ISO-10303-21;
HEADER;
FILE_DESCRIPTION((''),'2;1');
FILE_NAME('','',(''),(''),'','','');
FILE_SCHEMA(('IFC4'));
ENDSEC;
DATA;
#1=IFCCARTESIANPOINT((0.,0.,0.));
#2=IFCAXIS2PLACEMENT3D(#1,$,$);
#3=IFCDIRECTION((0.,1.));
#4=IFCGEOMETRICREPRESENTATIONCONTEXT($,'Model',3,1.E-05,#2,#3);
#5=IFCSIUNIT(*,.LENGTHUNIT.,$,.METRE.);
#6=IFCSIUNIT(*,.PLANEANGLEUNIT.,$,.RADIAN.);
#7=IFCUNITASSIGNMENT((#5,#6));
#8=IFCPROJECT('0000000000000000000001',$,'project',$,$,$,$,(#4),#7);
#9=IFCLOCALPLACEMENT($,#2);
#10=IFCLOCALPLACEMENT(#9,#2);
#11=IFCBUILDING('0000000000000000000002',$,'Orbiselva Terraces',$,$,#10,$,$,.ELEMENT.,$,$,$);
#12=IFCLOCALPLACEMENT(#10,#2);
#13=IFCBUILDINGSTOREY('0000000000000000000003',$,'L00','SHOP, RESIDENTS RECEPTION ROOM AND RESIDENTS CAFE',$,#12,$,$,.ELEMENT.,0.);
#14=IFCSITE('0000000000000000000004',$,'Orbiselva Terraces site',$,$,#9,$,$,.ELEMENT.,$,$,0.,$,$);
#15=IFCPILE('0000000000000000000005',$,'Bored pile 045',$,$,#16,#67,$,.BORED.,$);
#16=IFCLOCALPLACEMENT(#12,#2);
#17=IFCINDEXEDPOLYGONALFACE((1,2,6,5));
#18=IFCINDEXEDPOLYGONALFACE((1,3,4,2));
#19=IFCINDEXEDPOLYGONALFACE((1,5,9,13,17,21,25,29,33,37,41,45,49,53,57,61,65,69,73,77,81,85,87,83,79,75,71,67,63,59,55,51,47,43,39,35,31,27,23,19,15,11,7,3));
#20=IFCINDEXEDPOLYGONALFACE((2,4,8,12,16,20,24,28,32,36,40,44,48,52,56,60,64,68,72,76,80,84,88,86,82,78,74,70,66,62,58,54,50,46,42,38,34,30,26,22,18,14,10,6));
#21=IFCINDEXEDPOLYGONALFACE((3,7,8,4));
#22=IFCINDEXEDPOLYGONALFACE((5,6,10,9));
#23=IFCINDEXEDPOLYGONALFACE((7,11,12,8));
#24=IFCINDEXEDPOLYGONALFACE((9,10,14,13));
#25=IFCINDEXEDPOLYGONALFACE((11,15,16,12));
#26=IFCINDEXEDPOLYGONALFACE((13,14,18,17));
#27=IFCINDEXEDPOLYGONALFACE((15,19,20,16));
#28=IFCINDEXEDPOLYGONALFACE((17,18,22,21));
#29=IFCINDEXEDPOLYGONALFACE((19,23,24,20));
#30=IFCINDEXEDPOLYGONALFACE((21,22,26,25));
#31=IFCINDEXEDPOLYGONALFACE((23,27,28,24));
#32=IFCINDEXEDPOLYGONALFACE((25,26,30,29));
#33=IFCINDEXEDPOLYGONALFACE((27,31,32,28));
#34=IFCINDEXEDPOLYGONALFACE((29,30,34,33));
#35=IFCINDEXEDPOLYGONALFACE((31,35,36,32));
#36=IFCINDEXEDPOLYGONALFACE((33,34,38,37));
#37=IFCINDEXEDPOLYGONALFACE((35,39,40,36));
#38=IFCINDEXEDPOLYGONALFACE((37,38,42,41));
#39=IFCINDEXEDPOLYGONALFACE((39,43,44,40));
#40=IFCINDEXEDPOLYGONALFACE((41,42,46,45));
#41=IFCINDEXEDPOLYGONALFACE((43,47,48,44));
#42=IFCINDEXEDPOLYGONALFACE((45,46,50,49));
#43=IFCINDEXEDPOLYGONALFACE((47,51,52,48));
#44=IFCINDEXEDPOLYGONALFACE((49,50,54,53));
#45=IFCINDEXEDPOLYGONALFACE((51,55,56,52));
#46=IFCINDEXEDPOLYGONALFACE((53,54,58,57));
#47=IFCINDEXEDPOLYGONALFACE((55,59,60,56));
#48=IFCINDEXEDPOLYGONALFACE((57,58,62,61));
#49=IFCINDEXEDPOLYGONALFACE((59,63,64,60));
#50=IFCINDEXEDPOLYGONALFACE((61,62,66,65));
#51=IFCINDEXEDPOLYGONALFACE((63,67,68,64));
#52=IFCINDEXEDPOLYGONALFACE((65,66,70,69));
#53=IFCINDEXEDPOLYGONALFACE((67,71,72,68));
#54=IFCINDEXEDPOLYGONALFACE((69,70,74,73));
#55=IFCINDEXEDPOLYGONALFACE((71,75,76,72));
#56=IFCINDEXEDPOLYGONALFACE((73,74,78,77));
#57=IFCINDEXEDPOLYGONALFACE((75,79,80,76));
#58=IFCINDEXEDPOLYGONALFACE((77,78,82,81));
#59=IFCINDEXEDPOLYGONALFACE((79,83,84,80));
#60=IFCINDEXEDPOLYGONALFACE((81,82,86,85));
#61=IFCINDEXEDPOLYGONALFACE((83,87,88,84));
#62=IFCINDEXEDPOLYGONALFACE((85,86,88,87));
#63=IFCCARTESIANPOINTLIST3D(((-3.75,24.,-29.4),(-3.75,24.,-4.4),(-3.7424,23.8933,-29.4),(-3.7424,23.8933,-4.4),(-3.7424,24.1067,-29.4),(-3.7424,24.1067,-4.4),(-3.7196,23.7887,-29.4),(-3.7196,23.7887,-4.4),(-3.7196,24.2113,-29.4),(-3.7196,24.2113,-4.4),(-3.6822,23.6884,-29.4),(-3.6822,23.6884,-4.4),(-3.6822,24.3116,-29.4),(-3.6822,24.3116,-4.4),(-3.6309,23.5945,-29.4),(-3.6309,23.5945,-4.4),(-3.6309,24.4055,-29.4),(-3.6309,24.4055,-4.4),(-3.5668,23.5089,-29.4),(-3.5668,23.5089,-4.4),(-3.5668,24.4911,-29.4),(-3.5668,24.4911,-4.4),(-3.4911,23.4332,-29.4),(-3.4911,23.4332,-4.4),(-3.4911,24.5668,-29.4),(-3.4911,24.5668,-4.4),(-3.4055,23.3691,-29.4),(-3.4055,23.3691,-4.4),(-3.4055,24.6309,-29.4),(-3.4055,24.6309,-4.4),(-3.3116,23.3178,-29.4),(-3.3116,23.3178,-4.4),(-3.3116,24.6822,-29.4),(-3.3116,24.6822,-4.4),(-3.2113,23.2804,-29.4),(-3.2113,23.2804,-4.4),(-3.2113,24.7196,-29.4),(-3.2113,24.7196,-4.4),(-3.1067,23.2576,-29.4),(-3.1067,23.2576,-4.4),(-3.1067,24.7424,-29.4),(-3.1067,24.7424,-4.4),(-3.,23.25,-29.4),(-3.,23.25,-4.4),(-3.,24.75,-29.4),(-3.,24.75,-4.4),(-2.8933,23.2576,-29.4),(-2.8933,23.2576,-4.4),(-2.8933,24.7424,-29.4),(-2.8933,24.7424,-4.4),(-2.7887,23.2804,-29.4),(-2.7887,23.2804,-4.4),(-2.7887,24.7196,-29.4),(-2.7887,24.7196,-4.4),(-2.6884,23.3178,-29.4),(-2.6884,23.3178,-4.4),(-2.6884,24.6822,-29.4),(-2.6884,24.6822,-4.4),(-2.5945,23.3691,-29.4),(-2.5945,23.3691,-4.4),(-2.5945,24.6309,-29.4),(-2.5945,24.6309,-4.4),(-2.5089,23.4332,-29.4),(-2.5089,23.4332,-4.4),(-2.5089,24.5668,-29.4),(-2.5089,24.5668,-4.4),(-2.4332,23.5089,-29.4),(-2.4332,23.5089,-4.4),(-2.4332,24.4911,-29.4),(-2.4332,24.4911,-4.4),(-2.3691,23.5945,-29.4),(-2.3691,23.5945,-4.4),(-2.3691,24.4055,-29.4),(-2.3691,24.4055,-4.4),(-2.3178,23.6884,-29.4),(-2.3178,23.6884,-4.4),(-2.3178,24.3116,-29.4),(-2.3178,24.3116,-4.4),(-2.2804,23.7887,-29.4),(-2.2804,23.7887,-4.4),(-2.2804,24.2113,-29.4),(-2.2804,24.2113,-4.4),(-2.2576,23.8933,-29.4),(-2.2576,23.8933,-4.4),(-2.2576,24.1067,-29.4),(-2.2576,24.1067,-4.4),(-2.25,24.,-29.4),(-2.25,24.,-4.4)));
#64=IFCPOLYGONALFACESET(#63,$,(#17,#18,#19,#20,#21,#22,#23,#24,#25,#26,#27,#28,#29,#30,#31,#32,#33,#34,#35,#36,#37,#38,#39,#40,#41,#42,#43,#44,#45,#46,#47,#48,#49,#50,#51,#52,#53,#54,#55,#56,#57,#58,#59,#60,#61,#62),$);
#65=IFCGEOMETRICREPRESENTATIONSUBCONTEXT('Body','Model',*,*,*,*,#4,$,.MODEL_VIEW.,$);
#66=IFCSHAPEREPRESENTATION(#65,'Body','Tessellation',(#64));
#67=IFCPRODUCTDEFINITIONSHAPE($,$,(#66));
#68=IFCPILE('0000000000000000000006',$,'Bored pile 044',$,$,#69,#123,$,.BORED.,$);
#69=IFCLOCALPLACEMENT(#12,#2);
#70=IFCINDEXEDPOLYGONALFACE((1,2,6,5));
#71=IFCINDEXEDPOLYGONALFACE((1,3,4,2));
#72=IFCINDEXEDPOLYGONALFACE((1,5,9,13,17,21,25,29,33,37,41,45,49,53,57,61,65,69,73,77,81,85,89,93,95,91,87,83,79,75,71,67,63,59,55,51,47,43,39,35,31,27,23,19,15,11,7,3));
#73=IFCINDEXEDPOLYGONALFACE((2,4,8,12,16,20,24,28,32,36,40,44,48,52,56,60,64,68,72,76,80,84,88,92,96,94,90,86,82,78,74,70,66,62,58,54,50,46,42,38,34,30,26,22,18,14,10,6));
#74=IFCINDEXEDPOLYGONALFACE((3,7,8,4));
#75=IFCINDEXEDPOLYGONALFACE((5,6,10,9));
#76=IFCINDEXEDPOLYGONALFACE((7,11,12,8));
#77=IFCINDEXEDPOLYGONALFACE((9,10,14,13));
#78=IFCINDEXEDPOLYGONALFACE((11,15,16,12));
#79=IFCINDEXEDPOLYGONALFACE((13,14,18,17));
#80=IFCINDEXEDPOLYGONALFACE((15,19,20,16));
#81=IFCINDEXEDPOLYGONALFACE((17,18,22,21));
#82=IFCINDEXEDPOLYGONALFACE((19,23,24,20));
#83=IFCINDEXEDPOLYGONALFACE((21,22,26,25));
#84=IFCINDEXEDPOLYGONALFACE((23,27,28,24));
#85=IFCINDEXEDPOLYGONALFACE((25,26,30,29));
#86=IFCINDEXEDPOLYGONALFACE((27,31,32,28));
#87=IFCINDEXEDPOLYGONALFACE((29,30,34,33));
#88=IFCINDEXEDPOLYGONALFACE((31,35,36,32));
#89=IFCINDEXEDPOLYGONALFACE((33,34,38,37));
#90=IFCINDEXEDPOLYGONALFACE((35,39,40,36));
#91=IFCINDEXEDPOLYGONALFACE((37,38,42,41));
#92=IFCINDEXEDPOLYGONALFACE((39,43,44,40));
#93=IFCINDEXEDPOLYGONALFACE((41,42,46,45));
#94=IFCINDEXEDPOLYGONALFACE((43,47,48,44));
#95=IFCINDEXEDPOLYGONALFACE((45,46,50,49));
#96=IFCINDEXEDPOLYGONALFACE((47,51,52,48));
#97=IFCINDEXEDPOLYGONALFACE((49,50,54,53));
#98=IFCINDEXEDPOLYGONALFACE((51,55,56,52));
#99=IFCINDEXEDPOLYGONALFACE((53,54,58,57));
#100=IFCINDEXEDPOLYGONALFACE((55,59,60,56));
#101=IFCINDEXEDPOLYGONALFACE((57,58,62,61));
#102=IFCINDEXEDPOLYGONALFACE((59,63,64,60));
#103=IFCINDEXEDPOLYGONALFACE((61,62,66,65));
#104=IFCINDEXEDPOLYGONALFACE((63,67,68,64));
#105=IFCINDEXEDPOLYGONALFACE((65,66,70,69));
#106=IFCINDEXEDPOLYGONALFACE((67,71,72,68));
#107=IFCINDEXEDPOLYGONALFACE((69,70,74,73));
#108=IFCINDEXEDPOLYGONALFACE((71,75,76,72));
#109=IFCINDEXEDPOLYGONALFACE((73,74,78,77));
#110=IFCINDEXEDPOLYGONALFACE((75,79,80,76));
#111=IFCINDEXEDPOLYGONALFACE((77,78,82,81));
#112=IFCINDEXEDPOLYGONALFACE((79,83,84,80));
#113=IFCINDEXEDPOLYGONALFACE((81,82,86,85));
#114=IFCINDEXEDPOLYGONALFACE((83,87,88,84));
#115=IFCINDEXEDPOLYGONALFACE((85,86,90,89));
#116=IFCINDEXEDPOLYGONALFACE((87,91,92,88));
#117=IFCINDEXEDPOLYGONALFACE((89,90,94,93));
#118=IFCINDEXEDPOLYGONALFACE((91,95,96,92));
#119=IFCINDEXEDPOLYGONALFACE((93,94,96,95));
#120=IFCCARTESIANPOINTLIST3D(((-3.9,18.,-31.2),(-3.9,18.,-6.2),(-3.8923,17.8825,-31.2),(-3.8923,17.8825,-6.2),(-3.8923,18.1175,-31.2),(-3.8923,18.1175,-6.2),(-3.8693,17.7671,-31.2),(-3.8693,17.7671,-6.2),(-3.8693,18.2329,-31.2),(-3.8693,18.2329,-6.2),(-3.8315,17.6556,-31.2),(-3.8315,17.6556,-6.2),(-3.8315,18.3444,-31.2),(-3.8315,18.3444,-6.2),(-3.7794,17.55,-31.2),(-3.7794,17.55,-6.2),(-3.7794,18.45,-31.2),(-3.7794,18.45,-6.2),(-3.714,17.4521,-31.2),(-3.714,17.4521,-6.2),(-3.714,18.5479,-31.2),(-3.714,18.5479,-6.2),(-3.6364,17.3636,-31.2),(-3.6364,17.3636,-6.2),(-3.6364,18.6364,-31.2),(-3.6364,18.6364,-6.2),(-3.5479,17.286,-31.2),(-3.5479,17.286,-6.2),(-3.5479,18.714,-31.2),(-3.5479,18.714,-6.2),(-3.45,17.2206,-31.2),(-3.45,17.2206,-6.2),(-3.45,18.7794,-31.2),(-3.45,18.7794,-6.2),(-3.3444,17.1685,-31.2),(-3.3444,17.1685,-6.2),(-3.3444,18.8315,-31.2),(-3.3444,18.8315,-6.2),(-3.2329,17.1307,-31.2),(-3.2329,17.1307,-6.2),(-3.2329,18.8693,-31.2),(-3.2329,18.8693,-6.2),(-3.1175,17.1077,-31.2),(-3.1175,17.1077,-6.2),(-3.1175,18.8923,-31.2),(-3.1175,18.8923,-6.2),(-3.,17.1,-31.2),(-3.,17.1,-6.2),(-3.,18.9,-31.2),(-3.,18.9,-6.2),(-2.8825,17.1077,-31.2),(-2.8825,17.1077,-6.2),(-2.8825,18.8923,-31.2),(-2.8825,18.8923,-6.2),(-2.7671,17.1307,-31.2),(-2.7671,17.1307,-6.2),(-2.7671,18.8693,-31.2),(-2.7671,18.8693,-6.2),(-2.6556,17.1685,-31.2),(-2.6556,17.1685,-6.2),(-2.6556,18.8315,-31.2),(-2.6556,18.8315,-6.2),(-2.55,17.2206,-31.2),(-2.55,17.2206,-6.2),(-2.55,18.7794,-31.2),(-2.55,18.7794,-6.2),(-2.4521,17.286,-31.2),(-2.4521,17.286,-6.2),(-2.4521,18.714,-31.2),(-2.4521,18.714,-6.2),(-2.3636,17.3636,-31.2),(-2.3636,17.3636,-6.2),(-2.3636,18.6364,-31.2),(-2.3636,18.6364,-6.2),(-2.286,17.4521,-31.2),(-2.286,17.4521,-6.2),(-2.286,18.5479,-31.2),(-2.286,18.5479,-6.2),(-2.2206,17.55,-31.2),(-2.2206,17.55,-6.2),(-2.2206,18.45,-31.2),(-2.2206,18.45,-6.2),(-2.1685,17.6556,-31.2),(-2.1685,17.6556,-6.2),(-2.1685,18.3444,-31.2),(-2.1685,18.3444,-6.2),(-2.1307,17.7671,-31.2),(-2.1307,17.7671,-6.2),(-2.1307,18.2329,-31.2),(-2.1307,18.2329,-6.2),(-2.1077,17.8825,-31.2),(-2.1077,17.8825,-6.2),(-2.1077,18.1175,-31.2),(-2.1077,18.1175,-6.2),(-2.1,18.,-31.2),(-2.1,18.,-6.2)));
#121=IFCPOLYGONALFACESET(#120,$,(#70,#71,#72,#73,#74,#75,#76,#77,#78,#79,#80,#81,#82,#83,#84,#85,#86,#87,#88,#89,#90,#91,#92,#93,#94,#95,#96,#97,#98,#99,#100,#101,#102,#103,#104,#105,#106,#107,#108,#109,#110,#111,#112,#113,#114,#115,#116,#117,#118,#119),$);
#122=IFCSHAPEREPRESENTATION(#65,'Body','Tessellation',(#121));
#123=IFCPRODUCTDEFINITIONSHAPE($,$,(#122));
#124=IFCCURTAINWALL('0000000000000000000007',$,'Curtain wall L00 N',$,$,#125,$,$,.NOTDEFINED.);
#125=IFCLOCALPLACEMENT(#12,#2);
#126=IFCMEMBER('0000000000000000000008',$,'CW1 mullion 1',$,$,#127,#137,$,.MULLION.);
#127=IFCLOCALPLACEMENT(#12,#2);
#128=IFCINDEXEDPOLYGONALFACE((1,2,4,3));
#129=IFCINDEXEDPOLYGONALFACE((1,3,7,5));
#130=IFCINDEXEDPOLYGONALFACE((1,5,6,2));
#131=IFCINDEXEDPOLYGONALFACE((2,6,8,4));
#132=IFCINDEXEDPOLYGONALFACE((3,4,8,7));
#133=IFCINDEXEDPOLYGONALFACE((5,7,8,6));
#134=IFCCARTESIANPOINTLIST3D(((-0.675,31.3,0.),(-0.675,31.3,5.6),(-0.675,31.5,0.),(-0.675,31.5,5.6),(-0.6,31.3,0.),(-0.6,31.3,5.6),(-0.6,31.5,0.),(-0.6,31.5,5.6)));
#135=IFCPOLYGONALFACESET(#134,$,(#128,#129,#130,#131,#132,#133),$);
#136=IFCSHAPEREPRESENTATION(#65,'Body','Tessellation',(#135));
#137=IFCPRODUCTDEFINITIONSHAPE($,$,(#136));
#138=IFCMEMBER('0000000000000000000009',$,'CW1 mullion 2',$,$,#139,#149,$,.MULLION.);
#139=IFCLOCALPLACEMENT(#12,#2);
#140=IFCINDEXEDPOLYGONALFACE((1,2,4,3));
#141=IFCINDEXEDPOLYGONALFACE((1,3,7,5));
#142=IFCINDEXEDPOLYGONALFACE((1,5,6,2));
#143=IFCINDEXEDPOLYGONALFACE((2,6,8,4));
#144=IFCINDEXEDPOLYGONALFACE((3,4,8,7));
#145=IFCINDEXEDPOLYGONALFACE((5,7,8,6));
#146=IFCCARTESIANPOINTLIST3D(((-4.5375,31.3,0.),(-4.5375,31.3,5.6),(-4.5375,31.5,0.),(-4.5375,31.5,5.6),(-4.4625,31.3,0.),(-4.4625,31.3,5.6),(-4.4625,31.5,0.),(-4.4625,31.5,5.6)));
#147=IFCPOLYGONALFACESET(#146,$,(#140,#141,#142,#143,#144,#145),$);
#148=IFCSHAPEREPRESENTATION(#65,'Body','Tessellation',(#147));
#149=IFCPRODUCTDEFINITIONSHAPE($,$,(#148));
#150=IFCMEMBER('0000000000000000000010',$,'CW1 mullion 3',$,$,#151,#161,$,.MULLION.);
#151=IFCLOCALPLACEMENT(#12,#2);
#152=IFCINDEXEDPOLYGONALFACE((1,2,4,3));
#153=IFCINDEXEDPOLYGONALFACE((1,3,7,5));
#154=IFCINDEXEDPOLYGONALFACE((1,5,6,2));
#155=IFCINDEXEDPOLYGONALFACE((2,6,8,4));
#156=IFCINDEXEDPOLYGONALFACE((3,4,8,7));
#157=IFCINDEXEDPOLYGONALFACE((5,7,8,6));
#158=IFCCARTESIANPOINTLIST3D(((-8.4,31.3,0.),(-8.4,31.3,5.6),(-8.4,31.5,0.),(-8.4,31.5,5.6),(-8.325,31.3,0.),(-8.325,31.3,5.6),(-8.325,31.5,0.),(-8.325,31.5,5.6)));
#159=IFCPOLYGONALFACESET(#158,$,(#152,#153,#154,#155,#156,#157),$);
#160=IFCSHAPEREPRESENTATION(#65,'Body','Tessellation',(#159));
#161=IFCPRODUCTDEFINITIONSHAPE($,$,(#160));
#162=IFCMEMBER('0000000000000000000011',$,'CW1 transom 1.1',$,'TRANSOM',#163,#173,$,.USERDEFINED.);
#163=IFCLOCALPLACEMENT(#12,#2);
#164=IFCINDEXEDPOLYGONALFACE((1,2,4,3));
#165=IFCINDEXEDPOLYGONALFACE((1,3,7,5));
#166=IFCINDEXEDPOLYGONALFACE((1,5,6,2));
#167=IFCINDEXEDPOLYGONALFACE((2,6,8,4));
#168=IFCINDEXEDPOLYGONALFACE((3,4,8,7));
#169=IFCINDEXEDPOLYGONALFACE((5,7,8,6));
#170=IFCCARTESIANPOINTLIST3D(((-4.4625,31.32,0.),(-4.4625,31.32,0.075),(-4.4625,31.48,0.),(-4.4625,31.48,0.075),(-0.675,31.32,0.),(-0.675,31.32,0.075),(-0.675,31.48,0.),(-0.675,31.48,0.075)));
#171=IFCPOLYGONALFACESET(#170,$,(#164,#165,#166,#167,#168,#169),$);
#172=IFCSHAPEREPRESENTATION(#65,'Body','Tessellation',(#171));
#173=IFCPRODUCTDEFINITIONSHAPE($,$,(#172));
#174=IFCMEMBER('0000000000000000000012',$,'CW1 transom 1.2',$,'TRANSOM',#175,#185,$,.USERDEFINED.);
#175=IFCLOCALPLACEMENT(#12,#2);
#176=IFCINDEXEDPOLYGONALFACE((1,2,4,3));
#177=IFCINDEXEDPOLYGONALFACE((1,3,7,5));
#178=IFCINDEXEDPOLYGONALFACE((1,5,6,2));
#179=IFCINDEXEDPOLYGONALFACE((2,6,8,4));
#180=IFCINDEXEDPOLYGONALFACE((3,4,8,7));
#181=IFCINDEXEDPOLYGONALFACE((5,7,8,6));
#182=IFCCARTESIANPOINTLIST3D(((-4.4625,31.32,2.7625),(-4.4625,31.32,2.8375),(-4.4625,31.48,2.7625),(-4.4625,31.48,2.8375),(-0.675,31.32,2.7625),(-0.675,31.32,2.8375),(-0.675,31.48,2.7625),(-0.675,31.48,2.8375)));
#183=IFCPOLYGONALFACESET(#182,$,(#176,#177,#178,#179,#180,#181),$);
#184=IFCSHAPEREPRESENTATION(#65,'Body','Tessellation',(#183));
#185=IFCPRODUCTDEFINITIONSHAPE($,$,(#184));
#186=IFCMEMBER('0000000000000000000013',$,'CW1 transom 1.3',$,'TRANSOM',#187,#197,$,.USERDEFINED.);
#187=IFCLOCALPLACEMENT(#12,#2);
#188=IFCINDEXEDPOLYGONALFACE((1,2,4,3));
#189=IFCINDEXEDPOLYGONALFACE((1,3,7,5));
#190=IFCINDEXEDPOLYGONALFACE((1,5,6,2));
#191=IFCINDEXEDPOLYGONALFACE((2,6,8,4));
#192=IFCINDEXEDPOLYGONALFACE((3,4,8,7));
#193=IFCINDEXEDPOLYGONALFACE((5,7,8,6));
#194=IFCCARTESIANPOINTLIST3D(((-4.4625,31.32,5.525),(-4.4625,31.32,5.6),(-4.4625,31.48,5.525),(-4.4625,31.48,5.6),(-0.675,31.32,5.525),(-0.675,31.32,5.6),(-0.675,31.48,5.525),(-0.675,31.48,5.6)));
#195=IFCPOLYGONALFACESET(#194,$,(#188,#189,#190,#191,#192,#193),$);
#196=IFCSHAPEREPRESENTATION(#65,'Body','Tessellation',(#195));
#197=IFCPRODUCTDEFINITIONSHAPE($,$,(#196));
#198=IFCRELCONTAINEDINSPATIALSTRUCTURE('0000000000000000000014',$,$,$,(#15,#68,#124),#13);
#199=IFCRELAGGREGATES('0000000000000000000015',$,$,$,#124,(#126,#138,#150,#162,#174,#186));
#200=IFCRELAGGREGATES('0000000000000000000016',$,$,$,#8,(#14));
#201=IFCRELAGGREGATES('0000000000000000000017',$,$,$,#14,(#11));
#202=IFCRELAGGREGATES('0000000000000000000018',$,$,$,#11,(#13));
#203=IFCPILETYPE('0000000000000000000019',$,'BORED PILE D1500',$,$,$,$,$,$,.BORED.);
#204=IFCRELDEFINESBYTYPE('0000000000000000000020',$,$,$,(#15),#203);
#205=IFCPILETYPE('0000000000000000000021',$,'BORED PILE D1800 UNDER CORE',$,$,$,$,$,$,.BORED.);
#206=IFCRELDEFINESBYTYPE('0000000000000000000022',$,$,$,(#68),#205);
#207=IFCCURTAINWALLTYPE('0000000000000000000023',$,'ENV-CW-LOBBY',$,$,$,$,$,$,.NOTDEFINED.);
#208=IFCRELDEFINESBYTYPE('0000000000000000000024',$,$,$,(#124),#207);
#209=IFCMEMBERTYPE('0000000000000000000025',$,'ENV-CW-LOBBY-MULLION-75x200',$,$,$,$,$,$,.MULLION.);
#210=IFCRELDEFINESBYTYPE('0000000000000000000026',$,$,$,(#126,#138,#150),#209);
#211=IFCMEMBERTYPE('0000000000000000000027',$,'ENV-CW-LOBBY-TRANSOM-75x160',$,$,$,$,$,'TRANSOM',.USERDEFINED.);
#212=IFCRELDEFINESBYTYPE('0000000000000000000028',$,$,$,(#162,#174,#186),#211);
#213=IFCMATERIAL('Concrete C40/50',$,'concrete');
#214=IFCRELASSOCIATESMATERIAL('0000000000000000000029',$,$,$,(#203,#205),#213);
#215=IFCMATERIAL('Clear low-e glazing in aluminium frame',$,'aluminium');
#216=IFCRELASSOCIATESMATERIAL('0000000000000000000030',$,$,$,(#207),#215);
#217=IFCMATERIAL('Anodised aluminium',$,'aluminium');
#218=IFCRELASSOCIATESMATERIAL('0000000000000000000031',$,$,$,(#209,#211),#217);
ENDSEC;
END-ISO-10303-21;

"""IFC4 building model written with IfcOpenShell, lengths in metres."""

from ifc_helpers import new_model, si_unit, direction, frame, origin, origin_2d, place, context, subcontext, project, spatial, rectangle, circle, extrude, material, material_profile, profile_set, type_object, element, aggregate, save


model = new_model("IFC4")

# Units and contexts
model_context = context("Model", 3, precision=1e-05, world=origin(), true_north=direction((0.0, 1.0)))
body_context = subcontext(model_context, "Body", "Model", "MODEL_VIEW")
ifc_project = project(units=[si_unit("LENGTHUNIT", "METRE"), si_unit("PLANEANGLEUNIT", "RADIAN")], contexts=[model_context])

# Site, building, storey
site_placement = place(None, origin())
site = spatial("IfcSite", under=ifc_project, at=site_placement, Name="Orbiselva Terraces site", CompositionType="ELEMENT", RefElevation=0.0)
building_placement = place(site_placement, origin())
building = spatial("IfcBuilding", under=site, at=building_placement, Name="Orbiselva Terraces", CompositionType="ELEMENT")
storey_placement = place(building_placement, origin())
storey = spatial("IfcBuildingStorey", under=building, at=storey_placement, Name="L00", Description="SHOP, RESIDENTS RECEPTION ROOM AND RESIDENTS CAFE", CompositionType="ELEMENT", Elevation=0.0)

# Piles
ifc_material_1 = material(Name="Concrete C40/50", Category="concrete")
ifc_material_profile_1 = material_profile(ifc_material_1, circle(Radius=0.75, at=origin_2d()), Name="D1500")
ifc_profile_set_1 = profile_set([ifc_material_profile_1], Name="Concrete C40/50")
pile_type_1 = type_object("IfcPileType", Name="BORED PILE D1500", PredefinedType="BORED", material=ifc_profile_set_1)
pile_1_placement = place(storey_placement, frame((-3.0, 24.0, -4.4), z_axis=(0.0, 0.0, -1.0), x_axis=(1.0, 0.0, 0.0)))
element("IfcPile", 1, at=pile_1_placement, inside=storey, type_object=pile_type_1, Name="Bored pile 045", PredefinedType="BORED", context=body_context, shape_type="SweptSolid", body=[
    extrude(circle(Radius=0.75, at=origin_2d()), origin(), (0.0, 0.0, 1.0), 25.0),
])
ifc_material_profile_2 = material_profile(ifc_material_1, circle(Radius=0.9, at=origin_2d()), Name="D1800")
ifc_profile_set_2 = profile_set([ifc_material_profile_2], Name="Concrete C40/50")
pile_type_2 = type_object("IfcPileType", Name="BORED PILE D1800 UNDER CORE", PredefinedType="BORED", material=ifc_profile_set_2)
pile_2_placement = place(storey_placement, frame((-3.0, 18.0, -6.2), z_axis=(0.0, 0.0, -1.0), x_axis=(1.0, 0.0, 0.0)))
element("IfcPile", 2, at=pile_2_placement, inside=storey, type_object=pile_type_2, Name="Bored pile 044", PredefinedType="BORED", context=body_context, shape_type="SweptSolid", body=[
    extrude(circle(Radius=0.9, at=origin_2d()), origin(), (0.0, 0.0, 1.0), 25.0),
])

# Curtain wall, members
ifc_material_2 = material(Name="Clear low-e glazing in aluminium frame", Category="aluminium")
curtain_wall_type = type_object("IfcCurtainWallType", Name="ENV-CW-LOBBY", PredefinedType="NOTDEFINED", material=ifc_material_2)
curtain_wall_placement = place(storey_placement, origin())
curtain_wall = element("IfcCurtainWall", 3, at=curtain_wall_placement, inside=storey, type_object=curtain_wall_type, Name="Curtain wall L00 N", PredefinedType="NOTDEFINED")
ifc_material_3 = material(Name="Anodised aluminium", Category="aluminium")
ifc_material_profile_3 = material_profile(ifc_material_3, rectangle(XDim=0.2, YDim=0.075, at=origin_2d()), Name="AL 75x200")
ifc_profile_set_3 = profile_set([ifc_material_profile_3], Name="Anodised aluminium")
member_type_1 = type_object("IfcMemberType", Name="ENV-CW-LOBBY-MULLION-75x200", PredefinedType="MULLION", material=ifc_profile_set_3)
member_1_placement = place(storey_placement, frame((-0.6375, 31.4, 0.0), z_axis=(0.0, 0.0, 1.0), x_axis=(0.0, -1.0, 0.0)))
member_1 = element("IfcMember", 4, at=member_1_placement, type_object=member_type_1, Name="CW1 mullion 1", PredefinedType="MULLION", context=body_context, shape_type="SweptSolid", body=[
    extrude(rectangle(XDim=0.2, YDim=0.075, at=origin_2d()), origin(), (0.0, 0.0, 1.0), 5.6),
])
member_2_placement = place(storey_placement, frame((-4.5, 31.4, 0.0), z_axis=(0.0, 0.0, 1.0), x_axis=(0.0, -1.0, 0.0)))
member_2 = element("IfcMember", 5, at=member_2_placement, type_object=member_type_1, Name="CW1 mullion 2", PredefinedType="MULLION", context=body_context, shape_type="SweptSolid", body=[
    extrude(rectangle(XDim=0.2, YDim=0.075, at=origin_2d()), origin(), (0.0, 0.0, 1.0), 5.6),
])
member_3_placement = place(storey_placement, frame((-8.3625, 31.4, 0.0), z_axis=(0.0, 0.0, 1.0), x_axis=(0.0, -1.0, 0.0)))
member_3 = element("IfcMember", 6, at=member_3_placement, type_object=member_type_1, Name="CW1 mullion 3", PredefinedType="MULLION", context=body_context, shape_type="SweptSolid", body=[
    extrude(rectangle(XDim=0.2, YDim=0.075, at=origin_2d()), origin(), (0.0, 0.0, 1.0), 5.6),
])
ifc_material_profile_4 = material_profile(ifc_material_3, rectangle(XDim=0.16, YDim=0.075, at=origin_2d()), Name="AL 75x160")
ifc_profile_set_4 = profile_set([ifc_material_profile_4], Name="Anodised aluminium")
member_type_2 = type_object("IfcMemberType", Name="ENV-CW-LOBBY-TRANSOM-75x160", ElementType="TRANSOM", PredefinedType="USERDEFINED", material=ifc_profile_set_4)
member_4_placement = place(storey_placement, frame((-0.675, 31.4, 0.0375), z_axis=(-1.0, 0.0, 0.0), x_axis=(0.0, -1.0, 0.0)))
member_4 = element("IfcMember", 7, at=member_4_placement, type_object=member_type_2, Name="CW1 transom 1.1", ObjectType="TRANSOM", PredefinedType="USERDEFINED", context=body_context, shape_type="SweptSolid", body=[
    extrude(rectangle(XDim=0.16, YDim=0.075, at=origin_2d()), origin(), (0.0, 0.0, 1.0), 3.7875),
])
member_5_placement = place(storey_placement, frame((-0.675, 31.4, 2.8), z_axis=(-1.0, 0.0, 0.0), x_axis=(0.0, -1.0, 0.0)))
member_5 = element("IfcMember", 8, at=member_5_placement, type_object=member_type_2, Name="CW1 transom 1.2", ObjectType="TRANSOM", PredefinedType="USERDEFINED", context=body_context, shape_type="SweptSolid", body=[
    extrude(rectangle(XDim=0.16, YDim=0.075, at=origin_2d()), origin(), (0.0, 0.0, 1.0), 3.7875),
])
member_6_placement = place(storey_placement, frame((-0.675, 31.4, 5.5625), z_axis=(-1.0, 0.0, 0.0), x_axis=(0.0, -1.0, 0.0)))
member_6 = element("IfcMember", 9, at=member_6_placement, type_object=member_type_2, Name="CW1 transom 1.3", ObjectType="TRANSOM", PredefinedType="USERDEFINED", context=body_context, shape_type="SweptSolid", body=[
    extrude(rectangle(XDim=0.16, YDim=0.075, at=origin_2d()), origin(), (0.0, 0.0, 1.0), 3.7875),
])
aggregate(curtain_wall, [member_1, member_2, member_3, member_4, member_5, member_6])

save(model, "model.ifc")
